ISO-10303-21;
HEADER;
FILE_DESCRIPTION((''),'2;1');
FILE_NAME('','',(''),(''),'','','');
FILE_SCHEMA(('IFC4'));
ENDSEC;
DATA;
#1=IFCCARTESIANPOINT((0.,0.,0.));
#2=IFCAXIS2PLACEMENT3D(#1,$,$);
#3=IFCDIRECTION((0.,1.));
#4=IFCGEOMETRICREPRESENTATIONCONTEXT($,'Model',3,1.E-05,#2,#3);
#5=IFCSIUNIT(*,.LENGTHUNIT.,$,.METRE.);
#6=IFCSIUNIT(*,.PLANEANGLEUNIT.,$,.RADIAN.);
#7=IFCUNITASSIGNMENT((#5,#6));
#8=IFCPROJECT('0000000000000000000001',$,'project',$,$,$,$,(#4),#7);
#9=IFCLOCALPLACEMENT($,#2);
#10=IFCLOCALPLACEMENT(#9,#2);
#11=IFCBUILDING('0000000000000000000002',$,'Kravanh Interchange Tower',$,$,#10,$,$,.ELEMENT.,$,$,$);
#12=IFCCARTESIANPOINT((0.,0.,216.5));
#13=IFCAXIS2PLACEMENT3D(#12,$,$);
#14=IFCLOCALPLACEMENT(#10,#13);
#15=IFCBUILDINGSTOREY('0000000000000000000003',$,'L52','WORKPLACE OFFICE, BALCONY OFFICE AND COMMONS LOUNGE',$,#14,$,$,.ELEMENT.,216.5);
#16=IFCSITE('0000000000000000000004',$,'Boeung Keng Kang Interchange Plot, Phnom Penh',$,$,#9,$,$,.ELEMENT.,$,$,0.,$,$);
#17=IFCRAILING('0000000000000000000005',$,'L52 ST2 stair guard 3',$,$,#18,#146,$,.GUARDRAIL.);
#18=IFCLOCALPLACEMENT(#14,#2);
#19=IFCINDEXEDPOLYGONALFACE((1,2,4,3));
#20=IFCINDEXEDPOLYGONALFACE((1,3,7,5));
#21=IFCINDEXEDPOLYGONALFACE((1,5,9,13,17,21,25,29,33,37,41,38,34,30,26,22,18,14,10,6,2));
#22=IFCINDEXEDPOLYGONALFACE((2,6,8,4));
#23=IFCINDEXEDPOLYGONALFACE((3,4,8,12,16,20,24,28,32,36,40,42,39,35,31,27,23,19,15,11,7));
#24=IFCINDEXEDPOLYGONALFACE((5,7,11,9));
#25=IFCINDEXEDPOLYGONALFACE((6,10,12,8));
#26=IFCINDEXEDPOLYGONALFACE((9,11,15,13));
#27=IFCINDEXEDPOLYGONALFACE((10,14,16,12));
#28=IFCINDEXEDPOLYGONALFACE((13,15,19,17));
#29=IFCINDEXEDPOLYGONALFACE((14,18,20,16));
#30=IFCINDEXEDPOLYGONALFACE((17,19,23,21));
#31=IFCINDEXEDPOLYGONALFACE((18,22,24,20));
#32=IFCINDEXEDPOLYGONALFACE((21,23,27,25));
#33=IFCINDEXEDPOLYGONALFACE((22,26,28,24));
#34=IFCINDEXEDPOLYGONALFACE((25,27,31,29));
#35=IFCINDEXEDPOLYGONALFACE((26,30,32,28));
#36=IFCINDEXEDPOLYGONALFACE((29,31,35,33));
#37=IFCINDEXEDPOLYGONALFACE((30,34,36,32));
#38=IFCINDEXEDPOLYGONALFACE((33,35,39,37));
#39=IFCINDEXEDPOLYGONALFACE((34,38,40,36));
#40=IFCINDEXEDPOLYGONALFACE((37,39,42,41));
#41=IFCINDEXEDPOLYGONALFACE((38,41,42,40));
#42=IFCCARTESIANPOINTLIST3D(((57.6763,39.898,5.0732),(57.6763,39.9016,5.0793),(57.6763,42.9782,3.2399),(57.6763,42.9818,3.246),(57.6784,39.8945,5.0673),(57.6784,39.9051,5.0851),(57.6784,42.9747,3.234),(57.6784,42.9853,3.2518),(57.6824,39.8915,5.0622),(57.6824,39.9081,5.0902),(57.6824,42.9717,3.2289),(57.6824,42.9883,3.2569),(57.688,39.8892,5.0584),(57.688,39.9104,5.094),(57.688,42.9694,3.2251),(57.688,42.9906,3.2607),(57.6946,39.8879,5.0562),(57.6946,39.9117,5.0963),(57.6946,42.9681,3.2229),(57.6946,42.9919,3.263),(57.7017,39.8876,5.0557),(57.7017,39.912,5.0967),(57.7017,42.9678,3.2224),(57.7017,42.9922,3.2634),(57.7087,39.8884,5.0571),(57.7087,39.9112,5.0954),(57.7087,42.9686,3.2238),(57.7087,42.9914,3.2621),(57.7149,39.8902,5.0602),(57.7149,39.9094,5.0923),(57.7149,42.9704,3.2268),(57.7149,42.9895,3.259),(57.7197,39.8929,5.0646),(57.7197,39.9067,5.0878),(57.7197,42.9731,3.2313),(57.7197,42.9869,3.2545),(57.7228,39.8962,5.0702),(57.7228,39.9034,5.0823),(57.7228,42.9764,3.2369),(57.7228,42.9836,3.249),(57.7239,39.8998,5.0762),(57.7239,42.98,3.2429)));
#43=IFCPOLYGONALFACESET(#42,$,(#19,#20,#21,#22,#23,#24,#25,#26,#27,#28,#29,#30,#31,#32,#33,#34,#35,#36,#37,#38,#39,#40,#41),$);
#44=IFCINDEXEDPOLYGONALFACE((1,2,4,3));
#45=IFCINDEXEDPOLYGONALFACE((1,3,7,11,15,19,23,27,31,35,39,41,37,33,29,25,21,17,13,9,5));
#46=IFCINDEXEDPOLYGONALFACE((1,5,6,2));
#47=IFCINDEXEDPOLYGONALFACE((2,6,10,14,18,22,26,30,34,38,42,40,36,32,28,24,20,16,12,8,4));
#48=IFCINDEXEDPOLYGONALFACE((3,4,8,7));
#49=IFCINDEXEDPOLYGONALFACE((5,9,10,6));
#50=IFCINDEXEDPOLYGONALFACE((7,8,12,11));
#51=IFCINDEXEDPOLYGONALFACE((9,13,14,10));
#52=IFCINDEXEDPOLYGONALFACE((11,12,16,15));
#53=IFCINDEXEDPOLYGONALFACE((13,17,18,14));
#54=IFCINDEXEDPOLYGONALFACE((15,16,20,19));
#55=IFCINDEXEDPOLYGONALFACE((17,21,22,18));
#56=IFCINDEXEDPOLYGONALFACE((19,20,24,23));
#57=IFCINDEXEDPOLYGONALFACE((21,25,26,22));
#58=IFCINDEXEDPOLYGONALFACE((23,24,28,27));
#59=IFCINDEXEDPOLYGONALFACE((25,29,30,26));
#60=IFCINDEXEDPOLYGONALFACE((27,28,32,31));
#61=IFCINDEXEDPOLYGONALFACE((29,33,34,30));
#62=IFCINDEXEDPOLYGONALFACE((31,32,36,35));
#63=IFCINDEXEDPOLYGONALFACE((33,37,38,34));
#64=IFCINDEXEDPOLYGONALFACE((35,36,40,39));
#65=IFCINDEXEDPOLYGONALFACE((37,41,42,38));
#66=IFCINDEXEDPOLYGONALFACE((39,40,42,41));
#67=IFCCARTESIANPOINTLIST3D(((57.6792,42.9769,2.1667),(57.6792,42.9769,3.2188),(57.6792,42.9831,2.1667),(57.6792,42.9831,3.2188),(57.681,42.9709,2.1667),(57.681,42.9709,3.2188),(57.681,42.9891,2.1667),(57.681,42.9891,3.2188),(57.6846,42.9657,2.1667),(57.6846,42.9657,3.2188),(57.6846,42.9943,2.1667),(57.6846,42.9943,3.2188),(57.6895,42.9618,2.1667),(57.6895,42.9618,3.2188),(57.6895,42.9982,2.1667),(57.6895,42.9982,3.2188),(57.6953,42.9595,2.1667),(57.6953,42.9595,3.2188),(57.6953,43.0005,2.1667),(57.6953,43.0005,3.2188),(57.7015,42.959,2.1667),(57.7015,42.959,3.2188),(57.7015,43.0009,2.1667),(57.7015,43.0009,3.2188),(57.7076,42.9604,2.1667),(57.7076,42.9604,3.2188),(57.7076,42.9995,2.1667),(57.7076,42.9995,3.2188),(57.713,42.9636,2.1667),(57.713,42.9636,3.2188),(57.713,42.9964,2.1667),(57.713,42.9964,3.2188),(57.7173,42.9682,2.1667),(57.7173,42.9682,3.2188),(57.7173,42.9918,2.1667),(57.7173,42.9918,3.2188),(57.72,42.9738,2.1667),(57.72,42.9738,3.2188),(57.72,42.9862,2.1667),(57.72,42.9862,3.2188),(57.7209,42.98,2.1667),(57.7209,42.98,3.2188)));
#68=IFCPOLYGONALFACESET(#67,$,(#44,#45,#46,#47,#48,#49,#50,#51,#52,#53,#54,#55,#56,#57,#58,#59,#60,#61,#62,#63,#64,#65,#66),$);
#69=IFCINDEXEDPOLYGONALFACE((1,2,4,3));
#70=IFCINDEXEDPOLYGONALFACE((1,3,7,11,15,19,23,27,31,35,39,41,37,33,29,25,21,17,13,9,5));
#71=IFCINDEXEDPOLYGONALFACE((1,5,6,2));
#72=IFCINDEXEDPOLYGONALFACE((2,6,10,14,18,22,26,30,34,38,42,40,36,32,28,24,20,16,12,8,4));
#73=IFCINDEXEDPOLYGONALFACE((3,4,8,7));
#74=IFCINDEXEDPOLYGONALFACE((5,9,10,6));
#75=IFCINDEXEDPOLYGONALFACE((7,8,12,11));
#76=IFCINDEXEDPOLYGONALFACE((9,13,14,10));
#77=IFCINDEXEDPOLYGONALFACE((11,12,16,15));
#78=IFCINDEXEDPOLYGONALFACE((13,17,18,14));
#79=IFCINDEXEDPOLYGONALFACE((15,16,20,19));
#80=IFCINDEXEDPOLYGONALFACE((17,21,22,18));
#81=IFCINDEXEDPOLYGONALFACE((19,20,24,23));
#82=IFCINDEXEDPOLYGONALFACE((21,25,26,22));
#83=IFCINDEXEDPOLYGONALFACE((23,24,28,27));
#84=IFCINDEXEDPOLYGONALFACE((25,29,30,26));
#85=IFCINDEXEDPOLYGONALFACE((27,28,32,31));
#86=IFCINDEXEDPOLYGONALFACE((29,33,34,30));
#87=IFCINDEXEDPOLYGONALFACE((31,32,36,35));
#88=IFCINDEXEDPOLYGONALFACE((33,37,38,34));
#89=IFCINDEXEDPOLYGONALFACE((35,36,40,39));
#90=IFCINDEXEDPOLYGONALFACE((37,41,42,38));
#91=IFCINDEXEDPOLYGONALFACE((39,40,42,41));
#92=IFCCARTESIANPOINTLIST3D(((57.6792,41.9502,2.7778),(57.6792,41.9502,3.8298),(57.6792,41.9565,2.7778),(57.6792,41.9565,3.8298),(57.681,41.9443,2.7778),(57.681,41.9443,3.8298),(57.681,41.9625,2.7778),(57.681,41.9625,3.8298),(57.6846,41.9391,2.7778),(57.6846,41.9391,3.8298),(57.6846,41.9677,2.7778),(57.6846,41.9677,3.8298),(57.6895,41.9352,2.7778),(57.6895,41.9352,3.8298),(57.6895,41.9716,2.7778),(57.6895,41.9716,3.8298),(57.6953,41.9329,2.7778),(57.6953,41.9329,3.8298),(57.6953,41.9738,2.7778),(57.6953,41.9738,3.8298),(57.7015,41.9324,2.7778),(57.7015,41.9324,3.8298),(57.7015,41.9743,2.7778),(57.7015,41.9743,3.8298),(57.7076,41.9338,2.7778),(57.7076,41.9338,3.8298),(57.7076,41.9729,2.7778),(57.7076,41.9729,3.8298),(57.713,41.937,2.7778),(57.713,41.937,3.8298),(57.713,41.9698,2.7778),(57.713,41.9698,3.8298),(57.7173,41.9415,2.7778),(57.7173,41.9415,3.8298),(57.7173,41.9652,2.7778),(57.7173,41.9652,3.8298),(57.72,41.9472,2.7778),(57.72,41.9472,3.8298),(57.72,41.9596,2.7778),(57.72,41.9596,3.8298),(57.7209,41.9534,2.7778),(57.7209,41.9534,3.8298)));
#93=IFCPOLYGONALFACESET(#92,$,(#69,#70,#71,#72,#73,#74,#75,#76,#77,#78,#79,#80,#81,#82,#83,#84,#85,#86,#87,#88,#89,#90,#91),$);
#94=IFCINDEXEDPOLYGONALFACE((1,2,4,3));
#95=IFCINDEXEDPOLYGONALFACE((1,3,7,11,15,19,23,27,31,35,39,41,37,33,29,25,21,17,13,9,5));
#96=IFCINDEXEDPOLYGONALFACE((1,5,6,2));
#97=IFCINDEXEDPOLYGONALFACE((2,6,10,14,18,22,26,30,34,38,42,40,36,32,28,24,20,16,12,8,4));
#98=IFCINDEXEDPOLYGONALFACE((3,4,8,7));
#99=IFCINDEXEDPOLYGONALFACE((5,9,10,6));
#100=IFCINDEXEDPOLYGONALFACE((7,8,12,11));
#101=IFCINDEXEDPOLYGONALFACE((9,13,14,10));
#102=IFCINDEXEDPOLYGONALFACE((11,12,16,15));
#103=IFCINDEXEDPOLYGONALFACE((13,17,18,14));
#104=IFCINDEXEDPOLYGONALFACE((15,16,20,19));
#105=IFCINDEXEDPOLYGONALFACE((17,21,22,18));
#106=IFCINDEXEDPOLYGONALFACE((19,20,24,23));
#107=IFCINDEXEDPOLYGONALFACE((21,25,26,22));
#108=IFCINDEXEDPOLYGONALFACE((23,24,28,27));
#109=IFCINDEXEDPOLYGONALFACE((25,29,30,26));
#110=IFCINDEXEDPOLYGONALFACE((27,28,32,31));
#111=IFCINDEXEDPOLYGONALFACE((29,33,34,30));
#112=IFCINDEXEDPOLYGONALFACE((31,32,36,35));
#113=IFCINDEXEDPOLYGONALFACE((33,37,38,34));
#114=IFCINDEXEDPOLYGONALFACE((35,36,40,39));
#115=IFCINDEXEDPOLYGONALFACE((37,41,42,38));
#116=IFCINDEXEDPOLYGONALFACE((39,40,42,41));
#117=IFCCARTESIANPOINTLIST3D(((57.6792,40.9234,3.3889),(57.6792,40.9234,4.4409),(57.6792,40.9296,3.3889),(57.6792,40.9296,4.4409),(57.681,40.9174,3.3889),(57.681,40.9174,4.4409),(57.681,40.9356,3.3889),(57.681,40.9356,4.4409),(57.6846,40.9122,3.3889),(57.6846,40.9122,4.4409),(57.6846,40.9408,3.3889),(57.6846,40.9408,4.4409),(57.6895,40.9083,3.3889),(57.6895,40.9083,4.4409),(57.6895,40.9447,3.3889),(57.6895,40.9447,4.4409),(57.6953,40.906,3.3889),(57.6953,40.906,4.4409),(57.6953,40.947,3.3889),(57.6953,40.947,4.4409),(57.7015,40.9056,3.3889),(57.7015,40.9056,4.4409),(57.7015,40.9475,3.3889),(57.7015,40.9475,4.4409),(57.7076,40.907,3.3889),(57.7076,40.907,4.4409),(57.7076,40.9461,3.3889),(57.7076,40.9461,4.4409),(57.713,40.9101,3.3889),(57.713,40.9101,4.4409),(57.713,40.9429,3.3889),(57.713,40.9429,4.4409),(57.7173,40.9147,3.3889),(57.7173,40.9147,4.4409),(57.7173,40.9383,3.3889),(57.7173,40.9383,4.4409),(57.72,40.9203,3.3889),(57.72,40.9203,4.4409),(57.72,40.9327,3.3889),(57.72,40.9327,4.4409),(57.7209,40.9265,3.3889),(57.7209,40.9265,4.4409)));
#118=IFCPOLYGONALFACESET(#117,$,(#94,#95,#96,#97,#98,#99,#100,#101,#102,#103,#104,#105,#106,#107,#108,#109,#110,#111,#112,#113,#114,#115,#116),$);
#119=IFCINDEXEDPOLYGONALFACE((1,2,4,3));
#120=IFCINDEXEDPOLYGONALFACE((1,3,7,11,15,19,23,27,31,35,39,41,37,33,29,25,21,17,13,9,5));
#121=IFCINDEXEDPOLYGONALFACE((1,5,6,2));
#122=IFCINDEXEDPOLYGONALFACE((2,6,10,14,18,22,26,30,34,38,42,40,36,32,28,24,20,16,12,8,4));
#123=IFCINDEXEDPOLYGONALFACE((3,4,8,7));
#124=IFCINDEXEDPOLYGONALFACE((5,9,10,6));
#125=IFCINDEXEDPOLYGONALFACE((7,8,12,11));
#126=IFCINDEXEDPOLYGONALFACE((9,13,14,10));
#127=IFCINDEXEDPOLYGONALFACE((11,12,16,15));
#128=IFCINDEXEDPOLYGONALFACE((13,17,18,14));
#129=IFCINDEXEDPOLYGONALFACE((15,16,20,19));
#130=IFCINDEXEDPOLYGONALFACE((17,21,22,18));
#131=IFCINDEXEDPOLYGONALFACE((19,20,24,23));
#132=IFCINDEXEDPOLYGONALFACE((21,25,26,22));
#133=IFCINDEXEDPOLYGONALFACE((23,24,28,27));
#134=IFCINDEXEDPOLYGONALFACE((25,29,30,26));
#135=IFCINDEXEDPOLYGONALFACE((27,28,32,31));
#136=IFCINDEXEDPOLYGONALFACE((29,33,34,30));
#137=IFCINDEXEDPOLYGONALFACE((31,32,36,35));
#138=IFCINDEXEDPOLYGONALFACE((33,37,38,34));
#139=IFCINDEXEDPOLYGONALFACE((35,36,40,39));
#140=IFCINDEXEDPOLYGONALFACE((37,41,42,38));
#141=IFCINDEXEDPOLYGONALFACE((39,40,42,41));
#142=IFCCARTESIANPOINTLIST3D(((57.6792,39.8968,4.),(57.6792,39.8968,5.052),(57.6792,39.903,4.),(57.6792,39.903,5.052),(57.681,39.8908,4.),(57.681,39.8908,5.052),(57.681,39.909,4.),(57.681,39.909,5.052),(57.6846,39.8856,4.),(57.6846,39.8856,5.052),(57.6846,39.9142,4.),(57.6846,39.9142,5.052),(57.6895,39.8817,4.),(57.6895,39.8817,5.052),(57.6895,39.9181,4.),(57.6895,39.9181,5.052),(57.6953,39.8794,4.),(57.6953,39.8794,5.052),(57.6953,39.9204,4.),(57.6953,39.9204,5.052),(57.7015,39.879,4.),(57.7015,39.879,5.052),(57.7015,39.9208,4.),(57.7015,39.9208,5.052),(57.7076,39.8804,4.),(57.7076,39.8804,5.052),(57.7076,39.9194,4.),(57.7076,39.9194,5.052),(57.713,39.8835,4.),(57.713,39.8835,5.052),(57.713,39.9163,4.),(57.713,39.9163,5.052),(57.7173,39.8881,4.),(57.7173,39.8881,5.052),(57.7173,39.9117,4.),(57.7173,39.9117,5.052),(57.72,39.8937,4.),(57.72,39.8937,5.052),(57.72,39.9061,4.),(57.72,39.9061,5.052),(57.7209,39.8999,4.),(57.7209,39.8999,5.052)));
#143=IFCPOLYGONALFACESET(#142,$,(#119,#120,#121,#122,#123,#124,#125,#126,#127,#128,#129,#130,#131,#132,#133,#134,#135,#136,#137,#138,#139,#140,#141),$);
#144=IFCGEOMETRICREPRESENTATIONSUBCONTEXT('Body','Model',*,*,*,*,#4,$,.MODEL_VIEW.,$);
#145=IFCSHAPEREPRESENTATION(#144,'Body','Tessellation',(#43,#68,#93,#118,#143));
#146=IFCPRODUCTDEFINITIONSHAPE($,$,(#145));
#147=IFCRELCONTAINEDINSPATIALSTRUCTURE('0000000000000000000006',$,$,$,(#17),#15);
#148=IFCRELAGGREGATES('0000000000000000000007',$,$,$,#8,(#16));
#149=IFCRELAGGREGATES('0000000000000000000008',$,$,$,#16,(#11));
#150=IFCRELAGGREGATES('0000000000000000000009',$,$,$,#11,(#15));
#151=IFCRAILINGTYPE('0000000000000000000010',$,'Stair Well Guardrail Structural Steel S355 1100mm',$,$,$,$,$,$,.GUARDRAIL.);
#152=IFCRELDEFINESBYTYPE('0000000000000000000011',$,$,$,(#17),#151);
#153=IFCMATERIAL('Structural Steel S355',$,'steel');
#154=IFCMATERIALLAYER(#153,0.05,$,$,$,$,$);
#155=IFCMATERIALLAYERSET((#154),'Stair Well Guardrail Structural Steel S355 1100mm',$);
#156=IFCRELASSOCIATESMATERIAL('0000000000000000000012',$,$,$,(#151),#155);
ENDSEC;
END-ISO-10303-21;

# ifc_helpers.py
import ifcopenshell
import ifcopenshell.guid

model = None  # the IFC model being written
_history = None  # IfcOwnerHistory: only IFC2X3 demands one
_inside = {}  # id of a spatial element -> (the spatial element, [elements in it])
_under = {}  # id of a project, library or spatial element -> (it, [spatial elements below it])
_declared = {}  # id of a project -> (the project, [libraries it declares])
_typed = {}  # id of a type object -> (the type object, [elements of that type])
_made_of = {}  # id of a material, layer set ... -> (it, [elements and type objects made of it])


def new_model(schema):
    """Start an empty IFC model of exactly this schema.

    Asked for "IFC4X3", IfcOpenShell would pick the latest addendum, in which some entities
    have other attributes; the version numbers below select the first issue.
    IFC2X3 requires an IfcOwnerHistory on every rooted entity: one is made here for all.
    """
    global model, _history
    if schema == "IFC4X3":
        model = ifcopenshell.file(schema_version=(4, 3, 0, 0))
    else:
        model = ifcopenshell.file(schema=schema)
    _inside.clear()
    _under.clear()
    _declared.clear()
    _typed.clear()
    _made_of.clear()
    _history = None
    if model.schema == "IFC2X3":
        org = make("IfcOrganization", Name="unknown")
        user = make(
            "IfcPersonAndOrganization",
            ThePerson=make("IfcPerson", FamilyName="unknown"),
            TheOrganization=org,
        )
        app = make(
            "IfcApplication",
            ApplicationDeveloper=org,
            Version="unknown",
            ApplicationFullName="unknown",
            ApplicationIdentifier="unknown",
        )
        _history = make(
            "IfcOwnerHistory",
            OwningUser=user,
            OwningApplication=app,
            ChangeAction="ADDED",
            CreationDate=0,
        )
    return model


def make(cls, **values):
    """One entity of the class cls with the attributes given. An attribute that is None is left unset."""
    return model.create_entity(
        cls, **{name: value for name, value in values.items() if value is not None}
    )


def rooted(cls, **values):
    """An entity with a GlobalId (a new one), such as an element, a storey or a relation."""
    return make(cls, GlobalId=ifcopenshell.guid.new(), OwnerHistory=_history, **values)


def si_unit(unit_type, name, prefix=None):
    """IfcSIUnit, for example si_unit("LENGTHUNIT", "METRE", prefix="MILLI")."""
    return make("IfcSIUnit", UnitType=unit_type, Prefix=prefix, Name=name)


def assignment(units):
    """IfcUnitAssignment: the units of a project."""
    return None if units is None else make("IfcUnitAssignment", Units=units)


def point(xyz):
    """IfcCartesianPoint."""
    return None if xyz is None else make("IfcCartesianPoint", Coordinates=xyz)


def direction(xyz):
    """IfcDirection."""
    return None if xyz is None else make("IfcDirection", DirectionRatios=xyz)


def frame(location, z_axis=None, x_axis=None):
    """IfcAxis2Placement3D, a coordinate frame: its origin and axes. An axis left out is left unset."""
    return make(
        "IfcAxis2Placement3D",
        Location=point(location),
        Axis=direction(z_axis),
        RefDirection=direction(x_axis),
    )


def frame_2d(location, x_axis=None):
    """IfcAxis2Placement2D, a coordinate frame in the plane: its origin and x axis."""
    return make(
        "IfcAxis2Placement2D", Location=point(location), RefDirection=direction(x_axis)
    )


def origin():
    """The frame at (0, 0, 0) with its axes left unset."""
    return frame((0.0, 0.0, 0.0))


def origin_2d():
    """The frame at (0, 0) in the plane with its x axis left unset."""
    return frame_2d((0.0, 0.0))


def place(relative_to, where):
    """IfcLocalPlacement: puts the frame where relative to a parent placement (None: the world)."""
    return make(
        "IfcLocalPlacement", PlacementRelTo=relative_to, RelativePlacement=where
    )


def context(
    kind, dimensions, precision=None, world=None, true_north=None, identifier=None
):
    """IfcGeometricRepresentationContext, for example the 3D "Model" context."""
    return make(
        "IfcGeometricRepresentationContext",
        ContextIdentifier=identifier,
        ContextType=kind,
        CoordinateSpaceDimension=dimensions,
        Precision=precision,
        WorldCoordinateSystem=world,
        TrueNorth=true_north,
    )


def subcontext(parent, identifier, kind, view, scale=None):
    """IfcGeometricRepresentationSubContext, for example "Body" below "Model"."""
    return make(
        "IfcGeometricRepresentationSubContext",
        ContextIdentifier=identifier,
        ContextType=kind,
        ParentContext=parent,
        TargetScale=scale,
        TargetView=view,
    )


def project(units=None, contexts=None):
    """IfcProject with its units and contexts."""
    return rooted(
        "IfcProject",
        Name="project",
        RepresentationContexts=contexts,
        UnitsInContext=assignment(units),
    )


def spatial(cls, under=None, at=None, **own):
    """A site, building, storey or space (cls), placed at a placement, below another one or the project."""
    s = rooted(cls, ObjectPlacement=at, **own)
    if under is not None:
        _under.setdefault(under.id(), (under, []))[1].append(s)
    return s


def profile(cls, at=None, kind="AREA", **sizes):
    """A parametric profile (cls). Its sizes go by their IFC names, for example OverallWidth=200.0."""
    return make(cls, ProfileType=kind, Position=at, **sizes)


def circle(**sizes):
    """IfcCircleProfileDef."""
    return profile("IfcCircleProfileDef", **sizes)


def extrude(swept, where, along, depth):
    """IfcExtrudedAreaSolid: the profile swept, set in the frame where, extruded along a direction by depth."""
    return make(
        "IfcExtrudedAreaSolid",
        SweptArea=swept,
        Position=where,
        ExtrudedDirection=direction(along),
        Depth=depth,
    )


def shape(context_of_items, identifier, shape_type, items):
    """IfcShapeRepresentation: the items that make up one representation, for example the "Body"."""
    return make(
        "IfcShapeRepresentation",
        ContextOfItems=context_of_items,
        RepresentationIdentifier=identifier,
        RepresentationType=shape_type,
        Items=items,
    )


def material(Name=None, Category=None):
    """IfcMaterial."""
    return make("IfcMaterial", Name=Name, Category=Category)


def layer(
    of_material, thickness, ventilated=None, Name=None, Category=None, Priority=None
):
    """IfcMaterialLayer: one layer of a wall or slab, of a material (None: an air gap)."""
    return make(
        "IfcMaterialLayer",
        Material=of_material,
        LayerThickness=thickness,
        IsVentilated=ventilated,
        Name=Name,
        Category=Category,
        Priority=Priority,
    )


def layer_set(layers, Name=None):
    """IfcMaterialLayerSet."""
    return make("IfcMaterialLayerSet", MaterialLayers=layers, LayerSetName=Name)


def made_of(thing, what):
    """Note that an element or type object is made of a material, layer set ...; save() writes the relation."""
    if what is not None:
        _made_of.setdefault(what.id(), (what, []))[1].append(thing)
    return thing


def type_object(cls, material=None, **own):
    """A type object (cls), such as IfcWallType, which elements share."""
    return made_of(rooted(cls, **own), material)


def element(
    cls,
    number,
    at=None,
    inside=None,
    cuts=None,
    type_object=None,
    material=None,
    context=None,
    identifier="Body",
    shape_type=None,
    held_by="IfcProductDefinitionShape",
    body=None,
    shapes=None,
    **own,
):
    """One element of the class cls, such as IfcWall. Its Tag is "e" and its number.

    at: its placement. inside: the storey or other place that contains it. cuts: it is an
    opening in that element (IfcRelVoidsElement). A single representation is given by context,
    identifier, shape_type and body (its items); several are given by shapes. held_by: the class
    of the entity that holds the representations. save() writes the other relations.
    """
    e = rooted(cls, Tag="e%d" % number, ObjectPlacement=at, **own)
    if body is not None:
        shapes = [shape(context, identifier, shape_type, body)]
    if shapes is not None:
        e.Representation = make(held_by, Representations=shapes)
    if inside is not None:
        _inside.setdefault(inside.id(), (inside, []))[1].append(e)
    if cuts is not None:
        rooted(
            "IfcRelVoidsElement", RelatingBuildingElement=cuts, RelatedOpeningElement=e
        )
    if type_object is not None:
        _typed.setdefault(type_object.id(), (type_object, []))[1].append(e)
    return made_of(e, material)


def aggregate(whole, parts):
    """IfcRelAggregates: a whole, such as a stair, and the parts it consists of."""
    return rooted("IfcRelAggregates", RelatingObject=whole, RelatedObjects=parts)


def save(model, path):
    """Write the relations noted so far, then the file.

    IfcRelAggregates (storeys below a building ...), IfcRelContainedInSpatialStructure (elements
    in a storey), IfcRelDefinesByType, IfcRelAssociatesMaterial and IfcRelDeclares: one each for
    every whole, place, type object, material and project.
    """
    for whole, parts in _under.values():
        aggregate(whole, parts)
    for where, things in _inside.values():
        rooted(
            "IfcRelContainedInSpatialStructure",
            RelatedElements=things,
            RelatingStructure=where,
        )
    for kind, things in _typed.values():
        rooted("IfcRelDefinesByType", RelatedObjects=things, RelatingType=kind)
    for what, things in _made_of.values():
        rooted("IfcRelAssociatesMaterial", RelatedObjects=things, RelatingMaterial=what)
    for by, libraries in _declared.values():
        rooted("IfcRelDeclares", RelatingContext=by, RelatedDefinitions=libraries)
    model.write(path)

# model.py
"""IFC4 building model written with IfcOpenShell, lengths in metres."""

from ifc_helpers import new_model, si_unit, direction, frame, origin, origin_2d, place, context, subcontext, project, spatial, circle, extrude, material, layer, layer_set, type_object, element, save


model = new_model("IFC4")

# Units and contexts
model_context = context("Model", 3, precision=1e-05, world=origin(), true_north=direction((0.0, 1.0)))
body_context = subcontext(model_context, "Body", "Model", "MODEL_VIEW")
ifc_project = project(units=[si_unit("LENGTHUNIT", "METRE"), si_unit("PLANEANGLEUNIT", "RADIAN")], contexts=[model_context])

# Site, building, storey
site_placement = place(None, origin())
site = spatial("IfcSite", under=ifc_project, at=site_placement, Name="Boeung Keng Kang Interchange Plot, Phnom Penh", CompositionType="ELEMENT", RefElevation=0.0)
building_placement = place(site_placement, origin())
building = spatial("IfcBuilding", under=site, at=building_placement, Name="Kravanh Interchange Tower", CompositionType="ELEMENT")
storey_placement = place(building_placement, frame((0.0, 0.0, 216.5)))
storey = spatial("IfcBuildingStorey", under=building, at=storey_placement, Name="L52", Description="WORKPLACE OFFICE, BALCONY OFFICE AND COMMONS LOUNGE", CompositionType="ELEMENT", Elevation=216.5)

# Railing
ifc_material_1 = material(Name="Structural Steel S355", Category="steel")
ifc_layer_1 = layer(ifc_material_1, 0.05)
ifc_layer_set_1 = layer_set([ifc_layer_1], Name="Stair Well Guardrail Structural Steel S355 1100mm")
railing_type_1 = type_object("IfcRailingType", Name="Stair Well Guardrail Structural Steel S355 1100mm", PredefinedType="GUARDRAIL", material=ifc_layer_set_1)
railing_1_placement = place(storey_placement, frame((57.7, 42.98, 2.1667)))
element("IfcRailing", 1, at=railing_1_placement, inside=storey, type_object=railing_type_1, Name="L52 ST2 stair guard 3", PredefinedType="GUARDRAIL", context=body_context, shape_type="SweptSolid", body=[
    extrude(circle(Radius=0.0239, at=origin_2d()), frame((0.0, 0.0, 1.0762), z_axis=(0.0, -0.859309, 0.511458), x_axis=(1.0, 0.0, 0.0)), (0.0, 0.0, 1.0), 3.5845),
    extrude(circle(Radius=0.021, at=origin_2d()), origin(), (0.0, 0.0, 1.0), 1.052),
    extrude(circle(Radius=0.021, at=origin_2d()), frame((0.0, -1.0266, 0.6111)), (0.0, 0.0, 1.0), 1.052),
    extrude(circle(Radius=0.021, at=origin_2d()), frame((0.0, -2.0535, 1.2222)), (0.0, 0.0, 1.0), 1.052),
    extrude(circle(Radius=0.021, at=origin_2d()), frame((0.0, -3.0801, 1.8333)), (0.0, 0.0, 1.0), 1.052),
])

save(model, "model.ifc")
